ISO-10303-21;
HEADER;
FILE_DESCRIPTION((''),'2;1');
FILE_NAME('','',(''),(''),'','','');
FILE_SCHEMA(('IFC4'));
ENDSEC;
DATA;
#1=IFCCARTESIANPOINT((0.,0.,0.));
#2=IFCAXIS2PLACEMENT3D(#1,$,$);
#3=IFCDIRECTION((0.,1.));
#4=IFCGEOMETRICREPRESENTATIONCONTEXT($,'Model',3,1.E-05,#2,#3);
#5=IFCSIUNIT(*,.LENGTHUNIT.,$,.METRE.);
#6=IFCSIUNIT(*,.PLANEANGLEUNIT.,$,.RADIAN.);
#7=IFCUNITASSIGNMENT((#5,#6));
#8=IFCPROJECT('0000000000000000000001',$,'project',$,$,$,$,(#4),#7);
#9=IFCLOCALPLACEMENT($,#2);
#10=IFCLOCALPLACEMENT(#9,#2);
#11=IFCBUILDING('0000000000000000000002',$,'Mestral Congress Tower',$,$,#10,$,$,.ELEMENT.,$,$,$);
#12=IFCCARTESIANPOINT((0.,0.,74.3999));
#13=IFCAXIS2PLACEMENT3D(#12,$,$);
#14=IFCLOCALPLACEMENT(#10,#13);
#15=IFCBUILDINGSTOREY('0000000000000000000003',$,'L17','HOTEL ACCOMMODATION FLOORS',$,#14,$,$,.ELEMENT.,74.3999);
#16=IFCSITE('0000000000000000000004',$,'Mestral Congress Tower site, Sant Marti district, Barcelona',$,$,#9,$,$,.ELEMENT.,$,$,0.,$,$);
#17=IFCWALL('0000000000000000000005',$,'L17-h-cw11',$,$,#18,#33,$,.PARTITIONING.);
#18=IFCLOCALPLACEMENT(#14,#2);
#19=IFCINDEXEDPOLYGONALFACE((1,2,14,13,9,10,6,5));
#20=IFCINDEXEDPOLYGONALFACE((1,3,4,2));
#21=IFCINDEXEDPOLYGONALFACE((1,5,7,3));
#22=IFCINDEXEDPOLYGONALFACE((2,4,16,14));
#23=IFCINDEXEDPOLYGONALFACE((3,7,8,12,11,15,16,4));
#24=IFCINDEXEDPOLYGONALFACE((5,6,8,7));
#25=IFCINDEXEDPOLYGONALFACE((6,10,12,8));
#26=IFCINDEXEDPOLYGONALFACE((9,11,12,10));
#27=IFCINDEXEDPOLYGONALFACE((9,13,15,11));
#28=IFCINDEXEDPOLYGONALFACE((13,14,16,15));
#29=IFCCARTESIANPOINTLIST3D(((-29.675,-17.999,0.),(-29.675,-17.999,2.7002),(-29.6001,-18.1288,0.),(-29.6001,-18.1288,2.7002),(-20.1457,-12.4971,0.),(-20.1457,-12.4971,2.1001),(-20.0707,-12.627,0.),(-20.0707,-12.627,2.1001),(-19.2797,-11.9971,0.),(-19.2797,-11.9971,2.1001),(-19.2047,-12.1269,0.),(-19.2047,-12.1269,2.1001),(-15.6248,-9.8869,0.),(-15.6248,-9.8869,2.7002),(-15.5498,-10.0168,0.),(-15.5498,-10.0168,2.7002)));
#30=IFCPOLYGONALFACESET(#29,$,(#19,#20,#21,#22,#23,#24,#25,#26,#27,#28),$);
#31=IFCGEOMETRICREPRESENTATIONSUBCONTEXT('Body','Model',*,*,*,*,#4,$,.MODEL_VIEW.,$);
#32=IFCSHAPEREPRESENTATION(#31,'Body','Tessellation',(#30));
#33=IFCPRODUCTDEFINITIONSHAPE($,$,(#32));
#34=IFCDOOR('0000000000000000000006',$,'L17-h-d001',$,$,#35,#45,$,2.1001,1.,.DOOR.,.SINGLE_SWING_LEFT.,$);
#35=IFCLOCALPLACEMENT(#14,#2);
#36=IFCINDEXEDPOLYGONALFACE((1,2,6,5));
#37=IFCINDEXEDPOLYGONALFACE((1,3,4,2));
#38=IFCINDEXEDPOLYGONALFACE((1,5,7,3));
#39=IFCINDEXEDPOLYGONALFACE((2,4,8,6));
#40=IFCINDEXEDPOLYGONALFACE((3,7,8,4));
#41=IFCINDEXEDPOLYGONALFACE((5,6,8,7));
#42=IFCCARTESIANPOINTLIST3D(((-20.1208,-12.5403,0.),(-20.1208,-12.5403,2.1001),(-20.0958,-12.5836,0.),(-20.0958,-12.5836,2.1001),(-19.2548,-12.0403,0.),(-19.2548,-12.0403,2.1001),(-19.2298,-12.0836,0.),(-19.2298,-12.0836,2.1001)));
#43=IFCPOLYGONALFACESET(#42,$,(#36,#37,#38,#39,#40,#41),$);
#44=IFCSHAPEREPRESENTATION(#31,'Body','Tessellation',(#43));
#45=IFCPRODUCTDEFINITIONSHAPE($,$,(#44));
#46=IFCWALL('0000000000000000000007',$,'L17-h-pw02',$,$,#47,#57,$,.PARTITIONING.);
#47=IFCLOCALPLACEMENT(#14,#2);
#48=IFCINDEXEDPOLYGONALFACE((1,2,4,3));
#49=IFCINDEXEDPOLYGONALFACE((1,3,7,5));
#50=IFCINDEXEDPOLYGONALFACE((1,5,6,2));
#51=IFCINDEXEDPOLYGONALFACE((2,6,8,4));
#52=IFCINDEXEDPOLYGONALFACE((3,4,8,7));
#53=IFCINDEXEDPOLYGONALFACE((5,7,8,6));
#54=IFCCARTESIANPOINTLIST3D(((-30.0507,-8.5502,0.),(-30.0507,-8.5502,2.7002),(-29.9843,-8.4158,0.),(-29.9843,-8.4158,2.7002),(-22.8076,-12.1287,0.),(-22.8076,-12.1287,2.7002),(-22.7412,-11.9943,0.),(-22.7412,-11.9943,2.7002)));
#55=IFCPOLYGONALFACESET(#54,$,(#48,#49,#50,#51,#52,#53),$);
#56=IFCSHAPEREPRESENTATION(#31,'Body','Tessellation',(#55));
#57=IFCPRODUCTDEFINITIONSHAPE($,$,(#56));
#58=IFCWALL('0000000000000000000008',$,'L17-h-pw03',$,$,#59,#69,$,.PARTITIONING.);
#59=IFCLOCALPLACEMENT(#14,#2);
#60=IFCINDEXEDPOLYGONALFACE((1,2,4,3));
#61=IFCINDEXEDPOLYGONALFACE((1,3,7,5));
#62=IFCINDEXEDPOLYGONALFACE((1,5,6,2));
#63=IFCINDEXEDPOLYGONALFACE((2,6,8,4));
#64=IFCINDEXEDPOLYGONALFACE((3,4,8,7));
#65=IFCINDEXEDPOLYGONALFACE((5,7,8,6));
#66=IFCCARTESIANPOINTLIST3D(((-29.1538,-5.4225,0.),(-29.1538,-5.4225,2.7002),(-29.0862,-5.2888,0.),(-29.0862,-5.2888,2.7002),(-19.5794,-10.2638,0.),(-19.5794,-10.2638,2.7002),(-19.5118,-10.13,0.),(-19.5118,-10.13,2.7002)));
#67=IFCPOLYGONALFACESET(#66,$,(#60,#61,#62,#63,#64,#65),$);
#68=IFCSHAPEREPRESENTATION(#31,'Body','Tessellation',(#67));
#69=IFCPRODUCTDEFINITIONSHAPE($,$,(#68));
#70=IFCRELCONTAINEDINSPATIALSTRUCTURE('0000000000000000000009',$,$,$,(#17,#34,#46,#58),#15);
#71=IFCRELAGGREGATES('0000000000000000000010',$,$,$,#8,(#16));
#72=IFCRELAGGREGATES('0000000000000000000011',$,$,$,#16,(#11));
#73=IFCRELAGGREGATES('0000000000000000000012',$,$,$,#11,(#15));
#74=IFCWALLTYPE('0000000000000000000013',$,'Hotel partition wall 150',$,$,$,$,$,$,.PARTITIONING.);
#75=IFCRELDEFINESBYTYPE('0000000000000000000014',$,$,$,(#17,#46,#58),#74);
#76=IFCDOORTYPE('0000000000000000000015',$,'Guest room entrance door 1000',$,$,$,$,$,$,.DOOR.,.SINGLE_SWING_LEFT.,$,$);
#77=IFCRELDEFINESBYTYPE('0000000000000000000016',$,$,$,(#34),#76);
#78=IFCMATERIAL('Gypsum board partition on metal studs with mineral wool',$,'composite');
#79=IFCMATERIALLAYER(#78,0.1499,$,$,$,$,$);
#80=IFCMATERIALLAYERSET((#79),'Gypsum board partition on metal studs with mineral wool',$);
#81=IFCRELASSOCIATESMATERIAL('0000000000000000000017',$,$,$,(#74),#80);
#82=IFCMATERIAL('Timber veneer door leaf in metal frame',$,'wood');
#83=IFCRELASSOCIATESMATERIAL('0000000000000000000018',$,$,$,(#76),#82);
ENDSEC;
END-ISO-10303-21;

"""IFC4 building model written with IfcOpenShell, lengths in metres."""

from ifc_helpers import new_model, si_unit, direction, frame, frame_2d, origin, place, context, subcontext, project, spatial, rectangle, extrude, material, layer, layer_set, type_object, element, fill, save


model = new_model("IFC4")

# Units and contexts
model_context = context("Model", 3, precision=1e-05, world=origin(), true_north=direction((0.0, 1.0)))
body_context = subcontext(model_context, "Body", "Model", "MODEL_VIEW")
ifc_project = project(units=[si_unit("LENGTHUNIT", "METRE"), si_unit("PLANEANGLEUNIT", "RADIAN")], contexts=[model_context])

# Site, building, storey
site_placement = place(None, origin())
site = spatial("IfcSite", under=ifc_project, at=site_placement, Name="Mestral Congress Tower site, Sant Marti district, Barcelona", CompositionType="ELEMENT", RefElevation=0.0)
building_placement = place(site_placement, origin())
building = spatial("IfcBuilding", under=site, at=building_placement, Name="Mestral Congress Tower", CompositionType="ELEMENT")
storey_placement = place(building_placement, frame((0.0, 0.0, 74.3999)))
storey = spatial("IfcBuildingStorey", under=building, at=storey_placement, Name="L17", Description="HOTEL ACCOMMODATION FLOORS", CompositionType="ELEMENT", Elevation=74.3999)

# Shared definitions
ifc_material_1 = material(Name="Gypsum board partition on metal studs with mineral wool", Category="composite")

# Shared definitions
ifc_layer_1 = layer(ifc_material_1, 0.1499)
ifc_layer_set_1 = layer_set([ifc_layer_1], Name="Gypsum board partition on metal studs with mineral wool")
wall_type_1 = type_object("IfcWallType", Name="Hotel partition wall 150", PredefinedType="PARTITIONING", material=ifc_layer_set_1)
ifc_material_2 = material(Name="Timber veneer door leaf in metal frame", Category="wood")
door_type_1 = type_object("IfcDoorType", Name="Guest room entrance door 1000", OperationType="SINGLE_SWING_LEFT", PredefinedType="DOOR", material=ifc_material_2)

# Wall, opening, door
wall_1_placement = place(storey_placement, frame((-15.5874, -9.9519, 0.0), z_axis=(0.0, 0.0, 1.0), x_axis=(-0.866022, -0.500006, 0.0)))
wall_1 = element("IfcWall", 1, at=wall_1_placement, inside=storey, type_object=wall_type_1, Name="L17-h-cw11", PredefinedType="PARTITIONING", context=body_context, shape_type="SweptSolid", body=[
    extrude(rectangle(XDim=16.2239, YDim=0.1499, at=frame_2d((8.1118, 0.0))), origin(), (0.0, 0.0, 1.0), 2.7002),
])
opening_1_placement = place(wall_1_placement, frame((4.2202, 0.0, 0.0)))
opening_1 = element("IfcOpeningElement", 2, at=opening_1_placement, cuts=wall_1, PredefinedType="OPENING", context=body_context, shape_type="SweptSolid", body=[
    extrude(rectangle(XDim=1.0, YDim=2.1001, at=frame_2d((0.5, 1.05))), frame((0.0, 0.085, 0.0), z_axis=(0.0, -1.0, 0.0), x_axis=(1.0, 0.0, 0.0)), (0.0, 0.0, 1.0), 0.1699),
])
door_1_placement = place(opening_1_placement, origin())
door_1 = element("IfcDoor", 3, at=door_1_placement, inside=storey, type_object=door_type_1, Name="L17-h-d001", OperationType="SINGLE_SWING_LEFT", OverallHeight=2.1001, OverallWidth=1.0, PredefinedType="DOOR", context=body_context, shape_type="SweptSolid", body=[
    extrude(rectangle(XDim=1.0, YDim=2.1001, at=frame_2d((0.5, 1.05))), frame((0.0, 0.0249, 0.0), z_axis=(0.0, -1.0, 0.0), x_axis=(1.0, 0.0, 0.0)), (0.0, 0.0, 1.0), 0.05),
])
fill(opening_1, door_1)

# Walls
wall_2_placement = place(storey_placement, frame((-30.0176, -8.4829, 0.0), z_axis=(0.0, 0.0, 1.0), x_axis=(0.896545, -0.442954, 0.0)))
element("IfcWall", 4, at=wall_2_placement, inside=storey, type_object=wall_type_1, Name="L17-h-pw02", PredefinedType="PARTITIONING", context=body_context, shape_type="SweptSolid", body=[
    extrude(rectangle(XDim=8.0789, YDim=0.1499, at=frame_2d((4.0396, 0.0))), origin(), (0.0, 0.0, 1.0), 2.7002),
])
wall_3_placement = place(storey_placement, frame((-29.1199, -5.3557, 0.0), z_axis=(0.0, 0.0, 1.0), x_axis=(0.892402, -0.451241, 0.0)))
element("IfcWall", 5, at=wall_3_placement, inside=storey, type_object=wall_type_1, Name="L17-h-pw03", PredefinedType="PARTITIONING", context=body_context, shape_type="SweptSolid", body=[
    extrude(rectangle(XDim=10.7288, YDim=0.1499, at=frame_2d((5.3643, 0.0))), origin(), (0.0, 0.0, 1.0), 2.7002),
])

save(model, "model.ifc")
